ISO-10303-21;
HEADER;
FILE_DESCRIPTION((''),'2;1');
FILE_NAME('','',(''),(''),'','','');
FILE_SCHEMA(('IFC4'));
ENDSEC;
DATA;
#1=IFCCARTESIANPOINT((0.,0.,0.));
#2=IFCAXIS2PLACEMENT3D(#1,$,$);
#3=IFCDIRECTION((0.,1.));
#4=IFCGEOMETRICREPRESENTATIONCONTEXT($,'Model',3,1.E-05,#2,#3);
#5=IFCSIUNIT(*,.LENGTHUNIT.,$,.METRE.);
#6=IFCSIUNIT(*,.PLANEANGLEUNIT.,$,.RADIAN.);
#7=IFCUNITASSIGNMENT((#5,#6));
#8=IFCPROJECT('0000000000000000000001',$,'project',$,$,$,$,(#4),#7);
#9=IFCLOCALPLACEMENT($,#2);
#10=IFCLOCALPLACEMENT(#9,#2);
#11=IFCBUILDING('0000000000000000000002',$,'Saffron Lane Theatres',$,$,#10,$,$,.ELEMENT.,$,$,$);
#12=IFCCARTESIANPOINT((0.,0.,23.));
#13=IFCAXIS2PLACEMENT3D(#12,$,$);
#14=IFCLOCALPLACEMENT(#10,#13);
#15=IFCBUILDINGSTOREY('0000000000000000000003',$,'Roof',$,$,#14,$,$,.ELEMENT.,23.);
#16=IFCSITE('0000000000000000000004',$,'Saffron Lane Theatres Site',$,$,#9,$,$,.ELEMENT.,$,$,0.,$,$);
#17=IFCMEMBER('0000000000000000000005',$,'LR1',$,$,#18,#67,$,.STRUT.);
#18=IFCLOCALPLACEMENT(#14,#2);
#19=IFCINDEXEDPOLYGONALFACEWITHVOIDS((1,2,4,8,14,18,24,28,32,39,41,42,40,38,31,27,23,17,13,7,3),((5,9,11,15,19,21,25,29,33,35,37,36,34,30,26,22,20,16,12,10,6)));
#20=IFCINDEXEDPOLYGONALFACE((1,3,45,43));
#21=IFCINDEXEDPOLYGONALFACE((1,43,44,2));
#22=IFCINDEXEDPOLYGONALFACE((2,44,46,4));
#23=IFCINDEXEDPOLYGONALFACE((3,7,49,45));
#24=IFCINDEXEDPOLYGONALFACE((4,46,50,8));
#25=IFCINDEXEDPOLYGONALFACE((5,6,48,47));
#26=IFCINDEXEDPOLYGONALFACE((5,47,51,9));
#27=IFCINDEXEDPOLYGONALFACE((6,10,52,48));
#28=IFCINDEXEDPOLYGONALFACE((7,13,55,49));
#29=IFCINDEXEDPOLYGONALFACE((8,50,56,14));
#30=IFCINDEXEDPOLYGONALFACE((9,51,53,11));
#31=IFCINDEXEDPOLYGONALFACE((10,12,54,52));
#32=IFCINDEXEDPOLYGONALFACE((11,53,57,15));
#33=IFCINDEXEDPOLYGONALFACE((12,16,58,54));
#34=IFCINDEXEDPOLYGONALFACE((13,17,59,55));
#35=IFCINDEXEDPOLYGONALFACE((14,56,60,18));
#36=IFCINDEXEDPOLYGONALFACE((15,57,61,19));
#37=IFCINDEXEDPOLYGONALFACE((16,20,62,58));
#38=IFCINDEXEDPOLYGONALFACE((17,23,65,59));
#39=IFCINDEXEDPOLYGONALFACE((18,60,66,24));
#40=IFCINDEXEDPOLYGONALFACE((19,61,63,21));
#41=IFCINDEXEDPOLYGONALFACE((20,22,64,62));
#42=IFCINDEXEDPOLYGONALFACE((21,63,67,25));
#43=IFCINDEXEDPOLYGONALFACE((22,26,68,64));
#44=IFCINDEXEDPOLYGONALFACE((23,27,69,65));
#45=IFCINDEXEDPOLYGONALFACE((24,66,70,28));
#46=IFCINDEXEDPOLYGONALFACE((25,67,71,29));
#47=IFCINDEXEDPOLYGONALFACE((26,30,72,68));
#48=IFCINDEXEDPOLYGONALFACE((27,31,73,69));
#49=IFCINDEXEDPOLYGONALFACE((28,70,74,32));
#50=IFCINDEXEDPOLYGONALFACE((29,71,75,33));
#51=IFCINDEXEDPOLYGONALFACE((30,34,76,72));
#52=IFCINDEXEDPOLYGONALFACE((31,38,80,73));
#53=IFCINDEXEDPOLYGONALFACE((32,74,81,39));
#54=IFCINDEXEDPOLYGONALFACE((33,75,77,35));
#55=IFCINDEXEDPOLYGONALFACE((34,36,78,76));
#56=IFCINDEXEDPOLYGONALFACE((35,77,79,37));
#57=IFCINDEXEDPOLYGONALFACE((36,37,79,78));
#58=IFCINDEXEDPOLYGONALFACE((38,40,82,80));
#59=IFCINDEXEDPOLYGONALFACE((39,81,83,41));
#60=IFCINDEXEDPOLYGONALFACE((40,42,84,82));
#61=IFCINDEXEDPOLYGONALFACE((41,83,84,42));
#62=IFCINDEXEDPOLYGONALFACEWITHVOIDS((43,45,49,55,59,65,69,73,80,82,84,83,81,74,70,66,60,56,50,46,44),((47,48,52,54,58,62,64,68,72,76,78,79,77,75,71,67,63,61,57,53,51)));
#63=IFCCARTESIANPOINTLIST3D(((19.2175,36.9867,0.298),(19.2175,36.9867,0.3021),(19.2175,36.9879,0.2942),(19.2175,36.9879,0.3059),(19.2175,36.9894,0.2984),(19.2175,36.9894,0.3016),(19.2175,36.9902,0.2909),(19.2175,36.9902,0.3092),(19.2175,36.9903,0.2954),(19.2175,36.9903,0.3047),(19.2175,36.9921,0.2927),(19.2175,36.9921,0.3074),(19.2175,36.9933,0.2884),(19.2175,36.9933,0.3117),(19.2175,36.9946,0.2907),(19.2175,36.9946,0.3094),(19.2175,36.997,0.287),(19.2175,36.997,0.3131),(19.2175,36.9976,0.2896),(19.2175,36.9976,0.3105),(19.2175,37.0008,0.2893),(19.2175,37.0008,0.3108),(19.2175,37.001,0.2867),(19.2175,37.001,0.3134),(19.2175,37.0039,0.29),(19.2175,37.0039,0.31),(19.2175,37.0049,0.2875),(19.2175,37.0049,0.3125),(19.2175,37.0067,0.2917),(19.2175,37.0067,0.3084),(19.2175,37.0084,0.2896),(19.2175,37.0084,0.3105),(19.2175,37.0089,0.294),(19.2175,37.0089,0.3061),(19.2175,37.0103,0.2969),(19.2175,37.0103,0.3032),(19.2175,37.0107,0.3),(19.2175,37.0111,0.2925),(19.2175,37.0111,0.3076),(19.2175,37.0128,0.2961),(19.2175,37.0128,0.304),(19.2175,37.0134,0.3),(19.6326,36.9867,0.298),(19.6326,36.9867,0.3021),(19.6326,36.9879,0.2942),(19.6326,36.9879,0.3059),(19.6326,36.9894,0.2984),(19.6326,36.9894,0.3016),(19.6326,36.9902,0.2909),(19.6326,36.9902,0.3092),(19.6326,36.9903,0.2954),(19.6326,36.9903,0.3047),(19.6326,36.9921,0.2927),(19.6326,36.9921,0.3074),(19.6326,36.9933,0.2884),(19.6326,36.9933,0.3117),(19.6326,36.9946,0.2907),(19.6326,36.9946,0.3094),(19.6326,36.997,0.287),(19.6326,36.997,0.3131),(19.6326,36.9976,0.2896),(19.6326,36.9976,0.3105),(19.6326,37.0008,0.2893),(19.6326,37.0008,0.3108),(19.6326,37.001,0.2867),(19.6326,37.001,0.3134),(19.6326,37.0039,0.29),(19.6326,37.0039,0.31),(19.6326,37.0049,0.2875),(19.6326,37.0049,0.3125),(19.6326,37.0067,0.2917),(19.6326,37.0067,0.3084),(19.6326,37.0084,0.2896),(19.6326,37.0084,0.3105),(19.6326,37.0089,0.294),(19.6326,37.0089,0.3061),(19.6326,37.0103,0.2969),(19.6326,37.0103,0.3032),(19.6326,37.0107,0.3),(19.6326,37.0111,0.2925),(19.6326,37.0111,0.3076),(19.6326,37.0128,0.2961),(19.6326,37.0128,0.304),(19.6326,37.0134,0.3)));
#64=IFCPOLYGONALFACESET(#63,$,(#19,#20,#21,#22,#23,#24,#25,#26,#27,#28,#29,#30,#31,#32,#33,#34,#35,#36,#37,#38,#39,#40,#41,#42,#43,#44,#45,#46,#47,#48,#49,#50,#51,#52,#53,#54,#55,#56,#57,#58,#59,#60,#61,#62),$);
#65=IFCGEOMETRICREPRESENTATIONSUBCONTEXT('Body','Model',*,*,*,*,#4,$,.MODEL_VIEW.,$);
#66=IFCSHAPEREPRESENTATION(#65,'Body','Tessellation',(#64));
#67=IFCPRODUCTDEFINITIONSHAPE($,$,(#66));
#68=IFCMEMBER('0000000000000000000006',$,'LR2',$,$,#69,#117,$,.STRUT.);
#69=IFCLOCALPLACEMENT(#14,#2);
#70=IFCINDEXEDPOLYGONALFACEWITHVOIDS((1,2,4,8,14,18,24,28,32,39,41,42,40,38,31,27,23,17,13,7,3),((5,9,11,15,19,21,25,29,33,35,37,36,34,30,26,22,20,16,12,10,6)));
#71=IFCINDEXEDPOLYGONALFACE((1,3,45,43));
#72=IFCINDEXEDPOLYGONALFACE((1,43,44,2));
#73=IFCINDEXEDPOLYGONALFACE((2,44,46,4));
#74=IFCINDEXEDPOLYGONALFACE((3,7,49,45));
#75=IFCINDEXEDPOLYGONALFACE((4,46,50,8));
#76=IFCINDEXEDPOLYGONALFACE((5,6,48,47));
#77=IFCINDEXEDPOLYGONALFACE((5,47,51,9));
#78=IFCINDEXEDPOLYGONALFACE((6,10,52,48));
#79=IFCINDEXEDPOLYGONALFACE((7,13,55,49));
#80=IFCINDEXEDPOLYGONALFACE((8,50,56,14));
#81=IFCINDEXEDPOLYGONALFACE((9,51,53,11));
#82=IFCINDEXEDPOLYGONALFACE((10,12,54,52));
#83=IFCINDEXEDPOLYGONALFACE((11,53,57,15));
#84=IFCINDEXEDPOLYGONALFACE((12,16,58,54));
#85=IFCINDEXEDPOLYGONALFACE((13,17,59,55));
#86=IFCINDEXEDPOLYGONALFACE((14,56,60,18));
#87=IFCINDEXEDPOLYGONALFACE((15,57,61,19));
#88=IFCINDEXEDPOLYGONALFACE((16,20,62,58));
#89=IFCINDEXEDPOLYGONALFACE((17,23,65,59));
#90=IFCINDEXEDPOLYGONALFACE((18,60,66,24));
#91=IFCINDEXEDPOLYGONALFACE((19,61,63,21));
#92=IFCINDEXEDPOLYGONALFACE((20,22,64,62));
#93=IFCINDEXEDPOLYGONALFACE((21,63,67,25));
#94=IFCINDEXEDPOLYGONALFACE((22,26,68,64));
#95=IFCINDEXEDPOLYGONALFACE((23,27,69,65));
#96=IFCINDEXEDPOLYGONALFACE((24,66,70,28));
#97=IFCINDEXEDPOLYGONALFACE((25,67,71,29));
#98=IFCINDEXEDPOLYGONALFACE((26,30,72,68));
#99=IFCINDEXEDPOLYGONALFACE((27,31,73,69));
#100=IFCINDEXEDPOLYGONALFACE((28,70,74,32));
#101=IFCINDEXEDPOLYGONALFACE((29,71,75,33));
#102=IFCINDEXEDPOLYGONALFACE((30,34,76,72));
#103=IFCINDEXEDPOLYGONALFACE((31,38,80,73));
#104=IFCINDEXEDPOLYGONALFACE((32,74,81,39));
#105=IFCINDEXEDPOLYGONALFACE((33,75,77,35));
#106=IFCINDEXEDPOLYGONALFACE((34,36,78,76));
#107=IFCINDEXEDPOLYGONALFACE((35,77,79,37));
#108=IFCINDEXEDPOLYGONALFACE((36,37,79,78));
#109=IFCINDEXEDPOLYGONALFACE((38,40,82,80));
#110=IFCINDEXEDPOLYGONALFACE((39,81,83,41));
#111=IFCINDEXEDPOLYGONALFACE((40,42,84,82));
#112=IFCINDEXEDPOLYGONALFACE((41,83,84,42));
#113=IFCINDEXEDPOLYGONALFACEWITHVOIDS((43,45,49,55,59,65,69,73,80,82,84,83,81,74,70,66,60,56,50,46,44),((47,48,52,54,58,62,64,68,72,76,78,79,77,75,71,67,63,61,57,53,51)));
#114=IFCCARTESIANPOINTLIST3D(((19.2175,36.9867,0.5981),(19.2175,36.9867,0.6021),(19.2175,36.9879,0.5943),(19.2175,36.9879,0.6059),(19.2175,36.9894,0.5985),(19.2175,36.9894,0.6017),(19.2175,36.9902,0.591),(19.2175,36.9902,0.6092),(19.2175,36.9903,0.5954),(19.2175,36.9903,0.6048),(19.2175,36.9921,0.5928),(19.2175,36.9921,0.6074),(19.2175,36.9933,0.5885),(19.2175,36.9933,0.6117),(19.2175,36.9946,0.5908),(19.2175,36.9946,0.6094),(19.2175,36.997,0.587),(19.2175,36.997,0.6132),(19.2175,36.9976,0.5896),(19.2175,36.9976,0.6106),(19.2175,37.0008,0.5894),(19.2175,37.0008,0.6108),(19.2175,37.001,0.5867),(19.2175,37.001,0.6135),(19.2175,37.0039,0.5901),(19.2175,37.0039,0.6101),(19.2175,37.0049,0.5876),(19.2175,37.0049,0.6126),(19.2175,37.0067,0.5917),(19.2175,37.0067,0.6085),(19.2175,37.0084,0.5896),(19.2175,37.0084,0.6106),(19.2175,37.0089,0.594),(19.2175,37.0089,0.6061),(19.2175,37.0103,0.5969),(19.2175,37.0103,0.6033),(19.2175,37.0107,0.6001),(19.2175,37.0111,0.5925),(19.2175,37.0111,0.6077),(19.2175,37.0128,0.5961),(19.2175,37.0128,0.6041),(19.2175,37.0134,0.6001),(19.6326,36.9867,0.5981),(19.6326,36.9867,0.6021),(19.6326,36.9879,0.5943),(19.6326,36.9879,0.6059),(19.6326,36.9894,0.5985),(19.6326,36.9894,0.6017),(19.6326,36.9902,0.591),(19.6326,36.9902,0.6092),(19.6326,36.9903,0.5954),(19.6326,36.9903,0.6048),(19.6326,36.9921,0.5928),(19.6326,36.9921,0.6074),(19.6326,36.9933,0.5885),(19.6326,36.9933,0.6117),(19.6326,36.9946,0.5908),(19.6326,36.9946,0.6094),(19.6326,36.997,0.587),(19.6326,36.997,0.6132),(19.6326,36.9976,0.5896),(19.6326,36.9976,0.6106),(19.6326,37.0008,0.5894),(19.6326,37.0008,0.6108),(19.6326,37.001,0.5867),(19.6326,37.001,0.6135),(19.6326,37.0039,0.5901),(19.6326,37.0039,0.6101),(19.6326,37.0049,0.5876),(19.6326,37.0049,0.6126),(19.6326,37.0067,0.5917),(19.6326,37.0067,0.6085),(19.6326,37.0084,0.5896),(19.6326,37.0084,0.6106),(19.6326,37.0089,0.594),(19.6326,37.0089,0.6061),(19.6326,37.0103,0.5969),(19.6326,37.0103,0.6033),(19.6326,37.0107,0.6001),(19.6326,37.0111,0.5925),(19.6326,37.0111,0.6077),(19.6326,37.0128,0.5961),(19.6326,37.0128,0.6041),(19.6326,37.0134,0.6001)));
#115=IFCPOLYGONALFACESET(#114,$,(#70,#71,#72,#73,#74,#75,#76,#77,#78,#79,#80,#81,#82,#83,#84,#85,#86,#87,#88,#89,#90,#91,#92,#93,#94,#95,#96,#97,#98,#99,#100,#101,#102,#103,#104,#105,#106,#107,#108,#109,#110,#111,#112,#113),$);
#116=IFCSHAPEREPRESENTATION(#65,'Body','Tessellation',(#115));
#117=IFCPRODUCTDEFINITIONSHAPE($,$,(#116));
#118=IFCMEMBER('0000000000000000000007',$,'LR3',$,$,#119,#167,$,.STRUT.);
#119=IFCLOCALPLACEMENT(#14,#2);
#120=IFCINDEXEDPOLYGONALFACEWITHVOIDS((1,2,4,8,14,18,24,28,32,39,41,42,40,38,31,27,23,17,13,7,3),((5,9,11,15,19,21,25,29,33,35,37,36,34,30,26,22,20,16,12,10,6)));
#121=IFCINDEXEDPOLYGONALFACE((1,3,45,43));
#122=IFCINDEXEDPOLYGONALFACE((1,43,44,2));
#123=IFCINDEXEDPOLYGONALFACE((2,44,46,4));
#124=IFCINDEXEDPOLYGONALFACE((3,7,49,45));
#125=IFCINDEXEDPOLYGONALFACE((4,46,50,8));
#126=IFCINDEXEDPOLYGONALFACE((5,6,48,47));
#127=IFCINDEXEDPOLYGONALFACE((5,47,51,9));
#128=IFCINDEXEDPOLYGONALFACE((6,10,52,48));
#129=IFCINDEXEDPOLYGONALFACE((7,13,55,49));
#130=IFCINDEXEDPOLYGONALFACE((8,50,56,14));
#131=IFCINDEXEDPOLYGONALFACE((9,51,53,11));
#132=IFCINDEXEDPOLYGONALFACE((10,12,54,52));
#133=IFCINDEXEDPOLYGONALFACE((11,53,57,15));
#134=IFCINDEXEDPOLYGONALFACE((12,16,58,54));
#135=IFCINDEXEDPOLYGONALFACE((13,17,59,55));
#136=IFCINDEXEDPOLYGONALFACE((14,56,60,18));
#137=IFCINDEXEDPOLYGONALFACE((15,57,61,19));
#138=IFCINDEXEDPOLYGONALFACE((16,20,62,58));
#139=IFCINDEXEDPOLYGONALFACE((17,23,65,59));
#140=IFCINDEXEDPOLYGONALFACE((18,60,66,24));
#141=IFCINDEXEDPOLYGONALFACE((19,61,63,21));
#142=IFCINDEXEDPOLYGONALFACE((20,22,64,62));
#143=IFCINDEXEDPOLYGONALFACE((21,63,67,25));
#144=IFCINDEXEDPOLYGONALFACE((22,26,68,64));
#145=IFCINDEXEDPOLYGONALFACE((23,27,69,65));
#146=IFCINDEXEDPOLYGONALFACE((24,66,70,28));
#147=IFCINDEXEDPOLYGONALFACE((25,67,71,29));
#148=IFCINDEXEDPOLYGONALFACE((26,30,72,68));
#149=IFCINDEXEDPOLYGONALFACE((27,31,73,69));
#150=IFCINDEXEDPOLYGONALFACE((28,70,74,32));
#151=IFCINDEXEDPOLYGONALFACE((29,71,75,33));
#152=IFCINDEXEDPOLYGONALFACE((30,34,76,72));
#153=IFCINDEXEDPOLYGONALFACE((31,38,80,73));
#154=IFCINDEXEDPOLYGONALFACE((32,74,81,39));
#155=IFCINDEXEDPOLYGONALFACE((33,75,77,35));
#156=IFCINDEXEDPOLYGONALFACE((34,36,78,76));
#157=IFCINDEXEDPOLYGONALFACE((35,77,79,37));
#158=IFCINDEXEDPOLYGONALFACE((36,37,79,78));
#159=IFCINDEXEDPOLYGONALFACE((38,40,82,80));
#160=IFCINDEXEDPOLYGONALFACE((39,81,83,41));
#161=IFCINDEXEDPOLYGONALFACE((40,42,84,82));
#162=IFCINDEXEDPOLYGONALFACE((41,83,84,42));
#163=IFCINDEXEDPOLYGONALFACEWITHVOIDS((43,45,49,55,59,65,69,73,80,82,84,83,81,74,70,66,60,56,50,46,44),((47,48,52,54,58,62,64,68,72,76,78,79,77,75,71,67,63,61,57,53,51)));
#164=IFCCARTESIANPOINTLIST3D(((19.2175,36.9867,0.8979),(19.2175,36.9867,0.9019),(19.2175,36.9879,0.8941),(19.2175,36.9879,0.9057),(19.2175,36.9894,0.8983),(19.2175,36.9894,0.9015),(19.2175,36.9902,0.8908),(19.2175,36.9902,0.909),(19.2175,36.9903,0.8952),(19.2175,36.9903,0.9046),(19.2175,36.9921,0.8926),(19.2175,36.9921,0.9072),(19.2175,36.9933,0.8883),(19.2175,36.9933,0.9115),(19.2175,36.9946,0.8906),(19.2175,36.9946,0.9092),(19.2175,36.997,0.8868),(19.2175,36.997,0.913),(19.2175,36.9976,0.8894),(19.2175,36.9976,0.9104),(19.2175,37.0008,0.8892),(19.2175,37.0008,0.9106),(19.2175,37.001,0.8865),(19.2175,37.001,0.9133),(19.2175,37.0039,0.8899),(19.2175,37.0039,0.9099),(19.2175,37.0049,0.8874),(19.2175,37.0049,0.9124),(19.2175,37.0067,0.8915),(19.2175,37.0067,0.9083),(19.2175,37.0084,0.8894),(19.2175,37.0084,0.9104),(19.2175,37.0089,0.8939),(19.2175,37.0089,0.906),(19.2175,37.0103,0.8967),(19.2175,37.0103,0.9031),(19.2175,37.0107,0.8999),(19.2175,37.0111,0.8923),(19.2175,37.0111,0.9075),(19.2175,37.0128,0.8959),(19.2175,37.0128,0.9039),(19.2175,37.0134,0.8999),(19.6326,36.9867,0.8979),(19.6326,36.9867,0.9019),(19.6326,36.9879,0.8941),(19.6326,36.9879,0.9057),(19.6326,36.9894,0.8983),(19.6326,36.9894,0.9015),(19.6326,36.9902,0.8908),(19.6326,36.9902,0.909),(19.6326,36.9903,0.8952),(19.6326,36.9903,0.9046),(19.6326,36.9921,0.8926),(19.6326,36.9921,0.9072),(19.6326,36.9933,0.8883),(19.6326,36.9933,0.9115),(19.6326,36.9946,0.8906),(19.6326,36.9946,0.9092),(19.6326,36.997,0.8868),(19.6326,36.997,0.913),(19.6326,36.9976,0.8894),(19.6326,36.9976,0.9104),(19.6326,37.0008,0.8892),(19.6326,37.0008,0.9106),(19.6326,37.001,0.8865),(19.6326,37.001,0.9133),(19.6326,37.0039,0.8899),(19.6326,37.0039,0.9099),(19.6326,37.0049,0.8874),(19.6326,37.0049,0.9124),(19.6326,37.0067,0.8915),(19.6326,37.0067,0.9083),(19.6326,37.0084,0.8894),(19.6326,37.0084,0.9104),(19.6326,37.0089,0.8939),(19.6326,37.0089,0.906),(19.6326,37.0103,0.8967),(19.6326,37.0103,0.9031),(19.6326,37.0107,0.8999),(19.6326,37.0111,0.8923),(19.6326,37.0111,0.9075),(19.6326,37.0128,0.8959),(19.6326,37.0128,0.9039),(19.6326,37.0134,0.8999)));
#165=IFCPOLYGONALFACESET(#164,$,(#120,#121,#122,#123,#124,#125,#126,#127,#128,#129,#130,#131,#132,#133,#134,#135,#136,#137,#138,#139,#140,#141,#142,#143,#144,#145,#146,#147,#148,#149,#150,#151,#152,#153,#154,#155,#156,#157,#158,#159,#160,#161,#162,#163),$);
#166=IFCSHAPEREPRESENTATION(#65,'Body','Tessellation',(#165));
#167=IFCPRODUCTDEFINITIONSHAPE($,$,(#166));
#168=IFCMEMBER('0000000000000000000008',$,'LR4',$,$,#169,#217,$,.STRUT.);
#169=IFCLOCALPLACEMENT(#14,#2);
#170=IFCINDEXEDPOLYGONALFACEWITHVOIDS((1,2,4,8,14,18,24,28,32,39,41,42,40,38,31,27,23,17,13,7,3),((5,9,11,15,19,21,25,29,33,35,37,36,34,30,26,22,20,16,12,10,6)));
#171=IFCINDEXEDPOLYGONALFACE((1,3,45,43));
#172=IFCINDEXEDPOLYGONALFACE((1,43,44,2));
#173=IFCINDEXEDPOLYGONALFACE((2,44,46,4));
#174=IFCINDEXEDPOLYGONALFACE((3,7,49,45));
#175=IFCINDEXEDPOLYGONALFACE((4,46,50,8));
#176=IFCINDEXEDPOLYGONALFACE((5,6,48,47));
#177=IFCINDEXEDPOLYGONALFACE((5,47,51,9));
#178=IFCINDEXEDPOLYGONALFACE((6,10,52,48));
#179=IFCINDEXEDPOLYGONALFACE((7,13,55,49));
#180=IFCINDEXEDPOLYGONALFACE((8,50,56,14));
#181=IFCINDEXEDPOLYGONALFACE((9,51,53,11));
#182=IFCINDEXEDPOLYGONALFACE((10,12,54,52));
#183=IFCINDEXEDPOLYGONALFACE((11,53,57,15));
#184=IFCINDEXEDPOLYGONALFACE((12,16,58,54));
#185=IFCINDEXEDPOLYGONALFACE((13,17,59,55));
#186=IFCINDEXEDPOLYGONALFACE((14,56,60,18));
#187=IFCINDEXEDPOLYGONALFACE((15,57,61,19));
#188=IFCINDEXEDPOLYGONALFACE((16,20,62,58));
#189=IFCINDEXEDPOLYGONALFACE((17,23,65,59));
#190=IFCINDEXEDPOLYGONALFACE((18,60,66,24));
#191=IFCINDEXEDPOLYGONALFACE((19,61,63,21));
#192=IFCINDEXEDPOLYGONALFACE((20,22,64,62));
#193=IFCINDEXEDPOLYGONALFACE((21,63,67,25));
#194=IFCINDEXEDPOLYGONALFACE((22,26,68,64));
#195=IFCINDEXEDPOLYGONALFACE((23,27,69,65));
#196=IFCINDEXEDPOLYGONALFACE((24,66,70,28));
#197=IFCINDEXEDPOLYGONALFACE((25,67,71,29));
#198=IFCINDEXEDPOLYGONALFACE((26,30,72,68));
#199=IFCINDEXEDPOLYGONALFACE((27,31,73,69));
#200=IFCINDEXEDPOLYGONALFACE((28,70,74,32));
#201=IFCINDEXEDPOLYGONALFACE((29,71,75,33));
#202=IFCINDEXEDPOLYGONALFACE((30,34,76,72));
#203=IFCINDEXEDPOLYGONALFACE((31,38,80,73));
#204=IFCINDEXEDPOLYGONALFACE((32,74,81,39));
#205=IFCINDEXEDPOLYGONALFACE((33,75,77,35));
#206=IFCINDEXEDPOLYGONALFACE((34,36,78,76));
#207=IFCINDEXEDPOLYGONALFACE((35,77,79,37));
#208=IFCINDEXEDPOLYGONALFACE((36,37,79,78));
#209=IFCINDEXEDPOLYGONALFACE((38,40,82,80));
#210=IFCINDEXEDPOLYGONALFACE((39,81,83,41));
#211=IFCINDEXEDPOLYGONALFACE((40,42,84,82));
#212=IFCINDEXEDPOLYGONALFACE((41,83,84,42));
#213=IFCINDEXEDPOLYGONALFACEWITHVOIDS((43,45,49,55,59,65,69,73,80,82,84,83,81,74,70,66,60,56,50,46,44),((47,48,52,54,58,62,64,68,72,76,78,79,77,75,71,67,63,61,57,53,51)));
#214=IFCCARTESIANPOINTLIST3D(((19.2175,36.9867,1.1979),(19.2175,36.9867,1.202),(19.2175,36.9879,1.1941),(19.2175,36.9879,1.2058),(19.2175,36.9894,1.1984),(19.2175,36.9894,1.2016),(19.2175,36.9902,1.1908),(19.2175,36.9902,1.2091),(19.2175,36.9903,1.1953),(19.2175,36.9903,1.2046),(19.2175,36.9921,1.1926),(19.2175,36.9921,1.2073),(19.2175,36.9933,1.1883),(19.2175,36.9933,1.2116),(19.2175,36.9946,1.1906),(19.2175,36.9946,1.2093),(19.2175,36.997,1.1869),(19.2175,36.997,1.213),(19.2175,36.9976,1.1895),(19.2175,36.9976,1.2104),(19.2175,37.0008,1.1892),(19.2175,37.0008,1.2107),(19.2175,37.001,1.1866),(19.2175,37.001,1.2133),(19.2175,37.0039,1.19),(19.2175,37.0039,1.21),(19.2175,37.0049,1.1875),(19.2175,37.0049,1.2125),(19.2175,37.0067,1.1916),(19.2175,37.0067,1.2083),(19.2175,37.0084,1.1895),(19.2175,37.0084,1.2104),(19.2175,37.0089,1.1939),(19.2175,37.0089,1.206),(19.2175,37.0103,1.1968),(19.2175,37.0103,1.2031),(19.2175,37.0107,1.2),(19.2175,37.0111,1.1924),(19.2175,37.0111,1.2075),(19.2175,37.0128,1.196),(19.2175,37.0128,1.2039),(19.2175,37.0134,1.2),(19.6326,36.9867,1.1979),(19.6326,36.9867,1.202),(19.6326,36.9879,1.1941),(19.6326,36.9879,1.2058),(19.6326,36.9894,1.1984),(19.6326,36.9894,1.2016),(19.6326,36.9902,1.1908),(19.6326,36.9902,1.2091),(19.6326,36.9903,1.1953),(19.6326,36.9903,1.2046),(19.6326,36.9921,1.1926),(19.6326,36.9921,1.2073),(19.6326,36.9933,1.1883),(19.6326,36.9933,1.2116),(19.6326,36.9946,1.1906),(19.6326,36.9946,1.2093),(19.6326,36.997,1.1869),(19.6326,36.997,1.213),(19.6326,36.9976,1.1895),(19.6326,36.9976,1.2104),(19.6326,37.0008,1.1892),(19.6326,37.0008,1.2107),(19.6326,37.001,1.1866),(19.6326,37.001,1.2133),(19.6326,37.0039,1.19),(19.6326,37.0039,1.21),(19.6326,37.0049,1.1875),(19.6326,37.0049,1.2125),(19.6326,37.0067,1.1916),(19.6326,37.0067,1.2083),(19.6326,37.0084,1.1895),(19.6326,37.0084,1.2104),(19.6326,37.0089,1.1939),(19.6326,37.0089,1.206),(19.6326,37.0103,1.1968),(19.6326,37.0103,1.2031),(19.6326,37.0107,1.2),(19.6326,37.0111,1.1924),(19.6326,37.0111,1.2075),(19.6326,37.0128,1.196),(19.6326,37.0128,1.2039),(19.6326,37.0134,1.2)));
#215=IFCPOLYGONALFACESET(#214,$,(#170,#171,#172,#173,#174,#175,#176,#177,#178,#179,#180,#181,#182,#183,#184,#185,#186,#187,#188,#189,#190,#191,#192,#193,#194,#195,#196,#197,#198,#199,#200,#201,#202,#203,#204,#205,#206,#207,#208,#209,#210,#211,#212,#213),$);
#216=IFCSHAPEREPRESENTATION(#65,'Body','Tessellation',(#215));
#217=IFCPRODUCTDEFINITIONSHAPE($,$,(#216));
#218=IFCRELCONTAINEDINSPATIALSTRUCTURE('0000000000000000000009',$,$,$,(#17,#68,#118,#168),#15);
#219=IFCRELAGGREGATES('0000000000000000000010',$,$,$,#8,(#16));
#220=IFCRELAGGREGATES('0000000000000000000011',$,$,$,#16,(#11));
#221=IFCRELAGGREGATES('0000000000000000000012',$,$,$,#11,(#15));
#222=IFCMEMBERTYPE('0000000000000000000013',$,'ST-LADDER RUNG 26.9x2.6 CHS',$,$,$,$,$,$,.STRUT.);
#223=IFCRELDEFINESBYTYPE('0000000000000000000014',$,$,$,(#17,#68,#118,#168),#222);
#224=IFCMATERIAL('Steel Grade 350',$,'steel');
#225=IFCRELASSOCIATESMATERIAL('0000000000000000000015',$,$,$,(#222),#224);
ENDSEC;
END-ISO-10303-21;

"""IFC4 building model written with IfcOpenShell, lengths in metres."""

from ifc_helpers import new_model, si_unit, direction, frame, origin, origin_2d, place, context, subcontext, project, spatial, hollow_circle, extrude, material, material_profile, profile_set, type_object, element, save


model = new_model("IFC4")

# Units and contexts
model_context = context("Model", 3, precision=1e-05, world=origin(), true_north=direction((0.0, 1.0)))
body_context = subcontext(model_context, "Body", "Model", "MODEL_VIEW")
ifc_project = project(units=[si_unit("LENGTHUNIT", "METRE"), si_unit("PLANEANGLEUNIT", "RADIAN")], contexts=[model_context])

# Site, building, storey
site_placement = place(None, origin())
site = spatial("IfcSite", under=ifc_project, at=site_placement, Name="Saffron Lane Theatres Site", CompositionType="ELEMENT", RefElevation=0.0)
building_placement = place(site_placement, origin())
building = spatial("IfcBuilding", under=site, at=building_placement, Name="Saffron Lane Theatres", CompositionType="ELEMENT")
storey_placement = place(building_placement, frame((0.0, 0.0, 23.0)))
storey = spatial("IfcBuildingStorey", under=building, at=storey_placement, Name="Roof", CompositionType="ELEMENT", Elevation=23.0)

# Members
ifc_material_1 = material(Name="Steel Grade 350", Category="steel")
ifc_material_profile_1 = material_profile(ifc_material_1, hollow_circle(Radius=0.0134, WallThickness=0.0027, at=origin_2d()))
ifc_profile_set_1 = profile_set([ifc_material_profile_1], Name="Steel Grade 350")
member_type_1 = type_object("IfcMemberType", Name="ST-LADDER RUNG 26.9x2.6 CHS", PredefinedType="STRUT", material=ifc_profile_set_1)
for number, where, z_axis, x_axis, name in (
    (1, (19.2175, 37.0, 0.3), (1.0, 0.0, 0.0), (0.0, 1.0, 0.0), "LR1"),
    (2, (19.2175, 37.0, 0.6001), (1.0, 0.0, 0.0), (0.0, 1.0, 0.0), "LR2"),
    (3, (19.2175, 37.0, 0.8999), (1.0, 0.0, 0.0), (0.0, 1.0, 0.0), "LR3"),
    (4, (19.2175, 37.0, 1.2), (1.0, 0.0, 0.0), (0.0, 1.0, 0.0), "LR4"),
):
    element("IfcMember", number, at=place(storey_placement, frame(where, z_axis=z_axis, x_axis=x_axis)), inside=storey, type_object=member_type_1, Name=name, PredefinedType="STRUT", context=body_context, shape_type="SweptSolid", body=[
        extrude(hollow_circle(Radius=0.0134, WallThickness=0.0027, at=origin_2d()), origin(), (0.0, 0.0, 1.0), 0.415),
    ])

save(model, "model.ifc")
